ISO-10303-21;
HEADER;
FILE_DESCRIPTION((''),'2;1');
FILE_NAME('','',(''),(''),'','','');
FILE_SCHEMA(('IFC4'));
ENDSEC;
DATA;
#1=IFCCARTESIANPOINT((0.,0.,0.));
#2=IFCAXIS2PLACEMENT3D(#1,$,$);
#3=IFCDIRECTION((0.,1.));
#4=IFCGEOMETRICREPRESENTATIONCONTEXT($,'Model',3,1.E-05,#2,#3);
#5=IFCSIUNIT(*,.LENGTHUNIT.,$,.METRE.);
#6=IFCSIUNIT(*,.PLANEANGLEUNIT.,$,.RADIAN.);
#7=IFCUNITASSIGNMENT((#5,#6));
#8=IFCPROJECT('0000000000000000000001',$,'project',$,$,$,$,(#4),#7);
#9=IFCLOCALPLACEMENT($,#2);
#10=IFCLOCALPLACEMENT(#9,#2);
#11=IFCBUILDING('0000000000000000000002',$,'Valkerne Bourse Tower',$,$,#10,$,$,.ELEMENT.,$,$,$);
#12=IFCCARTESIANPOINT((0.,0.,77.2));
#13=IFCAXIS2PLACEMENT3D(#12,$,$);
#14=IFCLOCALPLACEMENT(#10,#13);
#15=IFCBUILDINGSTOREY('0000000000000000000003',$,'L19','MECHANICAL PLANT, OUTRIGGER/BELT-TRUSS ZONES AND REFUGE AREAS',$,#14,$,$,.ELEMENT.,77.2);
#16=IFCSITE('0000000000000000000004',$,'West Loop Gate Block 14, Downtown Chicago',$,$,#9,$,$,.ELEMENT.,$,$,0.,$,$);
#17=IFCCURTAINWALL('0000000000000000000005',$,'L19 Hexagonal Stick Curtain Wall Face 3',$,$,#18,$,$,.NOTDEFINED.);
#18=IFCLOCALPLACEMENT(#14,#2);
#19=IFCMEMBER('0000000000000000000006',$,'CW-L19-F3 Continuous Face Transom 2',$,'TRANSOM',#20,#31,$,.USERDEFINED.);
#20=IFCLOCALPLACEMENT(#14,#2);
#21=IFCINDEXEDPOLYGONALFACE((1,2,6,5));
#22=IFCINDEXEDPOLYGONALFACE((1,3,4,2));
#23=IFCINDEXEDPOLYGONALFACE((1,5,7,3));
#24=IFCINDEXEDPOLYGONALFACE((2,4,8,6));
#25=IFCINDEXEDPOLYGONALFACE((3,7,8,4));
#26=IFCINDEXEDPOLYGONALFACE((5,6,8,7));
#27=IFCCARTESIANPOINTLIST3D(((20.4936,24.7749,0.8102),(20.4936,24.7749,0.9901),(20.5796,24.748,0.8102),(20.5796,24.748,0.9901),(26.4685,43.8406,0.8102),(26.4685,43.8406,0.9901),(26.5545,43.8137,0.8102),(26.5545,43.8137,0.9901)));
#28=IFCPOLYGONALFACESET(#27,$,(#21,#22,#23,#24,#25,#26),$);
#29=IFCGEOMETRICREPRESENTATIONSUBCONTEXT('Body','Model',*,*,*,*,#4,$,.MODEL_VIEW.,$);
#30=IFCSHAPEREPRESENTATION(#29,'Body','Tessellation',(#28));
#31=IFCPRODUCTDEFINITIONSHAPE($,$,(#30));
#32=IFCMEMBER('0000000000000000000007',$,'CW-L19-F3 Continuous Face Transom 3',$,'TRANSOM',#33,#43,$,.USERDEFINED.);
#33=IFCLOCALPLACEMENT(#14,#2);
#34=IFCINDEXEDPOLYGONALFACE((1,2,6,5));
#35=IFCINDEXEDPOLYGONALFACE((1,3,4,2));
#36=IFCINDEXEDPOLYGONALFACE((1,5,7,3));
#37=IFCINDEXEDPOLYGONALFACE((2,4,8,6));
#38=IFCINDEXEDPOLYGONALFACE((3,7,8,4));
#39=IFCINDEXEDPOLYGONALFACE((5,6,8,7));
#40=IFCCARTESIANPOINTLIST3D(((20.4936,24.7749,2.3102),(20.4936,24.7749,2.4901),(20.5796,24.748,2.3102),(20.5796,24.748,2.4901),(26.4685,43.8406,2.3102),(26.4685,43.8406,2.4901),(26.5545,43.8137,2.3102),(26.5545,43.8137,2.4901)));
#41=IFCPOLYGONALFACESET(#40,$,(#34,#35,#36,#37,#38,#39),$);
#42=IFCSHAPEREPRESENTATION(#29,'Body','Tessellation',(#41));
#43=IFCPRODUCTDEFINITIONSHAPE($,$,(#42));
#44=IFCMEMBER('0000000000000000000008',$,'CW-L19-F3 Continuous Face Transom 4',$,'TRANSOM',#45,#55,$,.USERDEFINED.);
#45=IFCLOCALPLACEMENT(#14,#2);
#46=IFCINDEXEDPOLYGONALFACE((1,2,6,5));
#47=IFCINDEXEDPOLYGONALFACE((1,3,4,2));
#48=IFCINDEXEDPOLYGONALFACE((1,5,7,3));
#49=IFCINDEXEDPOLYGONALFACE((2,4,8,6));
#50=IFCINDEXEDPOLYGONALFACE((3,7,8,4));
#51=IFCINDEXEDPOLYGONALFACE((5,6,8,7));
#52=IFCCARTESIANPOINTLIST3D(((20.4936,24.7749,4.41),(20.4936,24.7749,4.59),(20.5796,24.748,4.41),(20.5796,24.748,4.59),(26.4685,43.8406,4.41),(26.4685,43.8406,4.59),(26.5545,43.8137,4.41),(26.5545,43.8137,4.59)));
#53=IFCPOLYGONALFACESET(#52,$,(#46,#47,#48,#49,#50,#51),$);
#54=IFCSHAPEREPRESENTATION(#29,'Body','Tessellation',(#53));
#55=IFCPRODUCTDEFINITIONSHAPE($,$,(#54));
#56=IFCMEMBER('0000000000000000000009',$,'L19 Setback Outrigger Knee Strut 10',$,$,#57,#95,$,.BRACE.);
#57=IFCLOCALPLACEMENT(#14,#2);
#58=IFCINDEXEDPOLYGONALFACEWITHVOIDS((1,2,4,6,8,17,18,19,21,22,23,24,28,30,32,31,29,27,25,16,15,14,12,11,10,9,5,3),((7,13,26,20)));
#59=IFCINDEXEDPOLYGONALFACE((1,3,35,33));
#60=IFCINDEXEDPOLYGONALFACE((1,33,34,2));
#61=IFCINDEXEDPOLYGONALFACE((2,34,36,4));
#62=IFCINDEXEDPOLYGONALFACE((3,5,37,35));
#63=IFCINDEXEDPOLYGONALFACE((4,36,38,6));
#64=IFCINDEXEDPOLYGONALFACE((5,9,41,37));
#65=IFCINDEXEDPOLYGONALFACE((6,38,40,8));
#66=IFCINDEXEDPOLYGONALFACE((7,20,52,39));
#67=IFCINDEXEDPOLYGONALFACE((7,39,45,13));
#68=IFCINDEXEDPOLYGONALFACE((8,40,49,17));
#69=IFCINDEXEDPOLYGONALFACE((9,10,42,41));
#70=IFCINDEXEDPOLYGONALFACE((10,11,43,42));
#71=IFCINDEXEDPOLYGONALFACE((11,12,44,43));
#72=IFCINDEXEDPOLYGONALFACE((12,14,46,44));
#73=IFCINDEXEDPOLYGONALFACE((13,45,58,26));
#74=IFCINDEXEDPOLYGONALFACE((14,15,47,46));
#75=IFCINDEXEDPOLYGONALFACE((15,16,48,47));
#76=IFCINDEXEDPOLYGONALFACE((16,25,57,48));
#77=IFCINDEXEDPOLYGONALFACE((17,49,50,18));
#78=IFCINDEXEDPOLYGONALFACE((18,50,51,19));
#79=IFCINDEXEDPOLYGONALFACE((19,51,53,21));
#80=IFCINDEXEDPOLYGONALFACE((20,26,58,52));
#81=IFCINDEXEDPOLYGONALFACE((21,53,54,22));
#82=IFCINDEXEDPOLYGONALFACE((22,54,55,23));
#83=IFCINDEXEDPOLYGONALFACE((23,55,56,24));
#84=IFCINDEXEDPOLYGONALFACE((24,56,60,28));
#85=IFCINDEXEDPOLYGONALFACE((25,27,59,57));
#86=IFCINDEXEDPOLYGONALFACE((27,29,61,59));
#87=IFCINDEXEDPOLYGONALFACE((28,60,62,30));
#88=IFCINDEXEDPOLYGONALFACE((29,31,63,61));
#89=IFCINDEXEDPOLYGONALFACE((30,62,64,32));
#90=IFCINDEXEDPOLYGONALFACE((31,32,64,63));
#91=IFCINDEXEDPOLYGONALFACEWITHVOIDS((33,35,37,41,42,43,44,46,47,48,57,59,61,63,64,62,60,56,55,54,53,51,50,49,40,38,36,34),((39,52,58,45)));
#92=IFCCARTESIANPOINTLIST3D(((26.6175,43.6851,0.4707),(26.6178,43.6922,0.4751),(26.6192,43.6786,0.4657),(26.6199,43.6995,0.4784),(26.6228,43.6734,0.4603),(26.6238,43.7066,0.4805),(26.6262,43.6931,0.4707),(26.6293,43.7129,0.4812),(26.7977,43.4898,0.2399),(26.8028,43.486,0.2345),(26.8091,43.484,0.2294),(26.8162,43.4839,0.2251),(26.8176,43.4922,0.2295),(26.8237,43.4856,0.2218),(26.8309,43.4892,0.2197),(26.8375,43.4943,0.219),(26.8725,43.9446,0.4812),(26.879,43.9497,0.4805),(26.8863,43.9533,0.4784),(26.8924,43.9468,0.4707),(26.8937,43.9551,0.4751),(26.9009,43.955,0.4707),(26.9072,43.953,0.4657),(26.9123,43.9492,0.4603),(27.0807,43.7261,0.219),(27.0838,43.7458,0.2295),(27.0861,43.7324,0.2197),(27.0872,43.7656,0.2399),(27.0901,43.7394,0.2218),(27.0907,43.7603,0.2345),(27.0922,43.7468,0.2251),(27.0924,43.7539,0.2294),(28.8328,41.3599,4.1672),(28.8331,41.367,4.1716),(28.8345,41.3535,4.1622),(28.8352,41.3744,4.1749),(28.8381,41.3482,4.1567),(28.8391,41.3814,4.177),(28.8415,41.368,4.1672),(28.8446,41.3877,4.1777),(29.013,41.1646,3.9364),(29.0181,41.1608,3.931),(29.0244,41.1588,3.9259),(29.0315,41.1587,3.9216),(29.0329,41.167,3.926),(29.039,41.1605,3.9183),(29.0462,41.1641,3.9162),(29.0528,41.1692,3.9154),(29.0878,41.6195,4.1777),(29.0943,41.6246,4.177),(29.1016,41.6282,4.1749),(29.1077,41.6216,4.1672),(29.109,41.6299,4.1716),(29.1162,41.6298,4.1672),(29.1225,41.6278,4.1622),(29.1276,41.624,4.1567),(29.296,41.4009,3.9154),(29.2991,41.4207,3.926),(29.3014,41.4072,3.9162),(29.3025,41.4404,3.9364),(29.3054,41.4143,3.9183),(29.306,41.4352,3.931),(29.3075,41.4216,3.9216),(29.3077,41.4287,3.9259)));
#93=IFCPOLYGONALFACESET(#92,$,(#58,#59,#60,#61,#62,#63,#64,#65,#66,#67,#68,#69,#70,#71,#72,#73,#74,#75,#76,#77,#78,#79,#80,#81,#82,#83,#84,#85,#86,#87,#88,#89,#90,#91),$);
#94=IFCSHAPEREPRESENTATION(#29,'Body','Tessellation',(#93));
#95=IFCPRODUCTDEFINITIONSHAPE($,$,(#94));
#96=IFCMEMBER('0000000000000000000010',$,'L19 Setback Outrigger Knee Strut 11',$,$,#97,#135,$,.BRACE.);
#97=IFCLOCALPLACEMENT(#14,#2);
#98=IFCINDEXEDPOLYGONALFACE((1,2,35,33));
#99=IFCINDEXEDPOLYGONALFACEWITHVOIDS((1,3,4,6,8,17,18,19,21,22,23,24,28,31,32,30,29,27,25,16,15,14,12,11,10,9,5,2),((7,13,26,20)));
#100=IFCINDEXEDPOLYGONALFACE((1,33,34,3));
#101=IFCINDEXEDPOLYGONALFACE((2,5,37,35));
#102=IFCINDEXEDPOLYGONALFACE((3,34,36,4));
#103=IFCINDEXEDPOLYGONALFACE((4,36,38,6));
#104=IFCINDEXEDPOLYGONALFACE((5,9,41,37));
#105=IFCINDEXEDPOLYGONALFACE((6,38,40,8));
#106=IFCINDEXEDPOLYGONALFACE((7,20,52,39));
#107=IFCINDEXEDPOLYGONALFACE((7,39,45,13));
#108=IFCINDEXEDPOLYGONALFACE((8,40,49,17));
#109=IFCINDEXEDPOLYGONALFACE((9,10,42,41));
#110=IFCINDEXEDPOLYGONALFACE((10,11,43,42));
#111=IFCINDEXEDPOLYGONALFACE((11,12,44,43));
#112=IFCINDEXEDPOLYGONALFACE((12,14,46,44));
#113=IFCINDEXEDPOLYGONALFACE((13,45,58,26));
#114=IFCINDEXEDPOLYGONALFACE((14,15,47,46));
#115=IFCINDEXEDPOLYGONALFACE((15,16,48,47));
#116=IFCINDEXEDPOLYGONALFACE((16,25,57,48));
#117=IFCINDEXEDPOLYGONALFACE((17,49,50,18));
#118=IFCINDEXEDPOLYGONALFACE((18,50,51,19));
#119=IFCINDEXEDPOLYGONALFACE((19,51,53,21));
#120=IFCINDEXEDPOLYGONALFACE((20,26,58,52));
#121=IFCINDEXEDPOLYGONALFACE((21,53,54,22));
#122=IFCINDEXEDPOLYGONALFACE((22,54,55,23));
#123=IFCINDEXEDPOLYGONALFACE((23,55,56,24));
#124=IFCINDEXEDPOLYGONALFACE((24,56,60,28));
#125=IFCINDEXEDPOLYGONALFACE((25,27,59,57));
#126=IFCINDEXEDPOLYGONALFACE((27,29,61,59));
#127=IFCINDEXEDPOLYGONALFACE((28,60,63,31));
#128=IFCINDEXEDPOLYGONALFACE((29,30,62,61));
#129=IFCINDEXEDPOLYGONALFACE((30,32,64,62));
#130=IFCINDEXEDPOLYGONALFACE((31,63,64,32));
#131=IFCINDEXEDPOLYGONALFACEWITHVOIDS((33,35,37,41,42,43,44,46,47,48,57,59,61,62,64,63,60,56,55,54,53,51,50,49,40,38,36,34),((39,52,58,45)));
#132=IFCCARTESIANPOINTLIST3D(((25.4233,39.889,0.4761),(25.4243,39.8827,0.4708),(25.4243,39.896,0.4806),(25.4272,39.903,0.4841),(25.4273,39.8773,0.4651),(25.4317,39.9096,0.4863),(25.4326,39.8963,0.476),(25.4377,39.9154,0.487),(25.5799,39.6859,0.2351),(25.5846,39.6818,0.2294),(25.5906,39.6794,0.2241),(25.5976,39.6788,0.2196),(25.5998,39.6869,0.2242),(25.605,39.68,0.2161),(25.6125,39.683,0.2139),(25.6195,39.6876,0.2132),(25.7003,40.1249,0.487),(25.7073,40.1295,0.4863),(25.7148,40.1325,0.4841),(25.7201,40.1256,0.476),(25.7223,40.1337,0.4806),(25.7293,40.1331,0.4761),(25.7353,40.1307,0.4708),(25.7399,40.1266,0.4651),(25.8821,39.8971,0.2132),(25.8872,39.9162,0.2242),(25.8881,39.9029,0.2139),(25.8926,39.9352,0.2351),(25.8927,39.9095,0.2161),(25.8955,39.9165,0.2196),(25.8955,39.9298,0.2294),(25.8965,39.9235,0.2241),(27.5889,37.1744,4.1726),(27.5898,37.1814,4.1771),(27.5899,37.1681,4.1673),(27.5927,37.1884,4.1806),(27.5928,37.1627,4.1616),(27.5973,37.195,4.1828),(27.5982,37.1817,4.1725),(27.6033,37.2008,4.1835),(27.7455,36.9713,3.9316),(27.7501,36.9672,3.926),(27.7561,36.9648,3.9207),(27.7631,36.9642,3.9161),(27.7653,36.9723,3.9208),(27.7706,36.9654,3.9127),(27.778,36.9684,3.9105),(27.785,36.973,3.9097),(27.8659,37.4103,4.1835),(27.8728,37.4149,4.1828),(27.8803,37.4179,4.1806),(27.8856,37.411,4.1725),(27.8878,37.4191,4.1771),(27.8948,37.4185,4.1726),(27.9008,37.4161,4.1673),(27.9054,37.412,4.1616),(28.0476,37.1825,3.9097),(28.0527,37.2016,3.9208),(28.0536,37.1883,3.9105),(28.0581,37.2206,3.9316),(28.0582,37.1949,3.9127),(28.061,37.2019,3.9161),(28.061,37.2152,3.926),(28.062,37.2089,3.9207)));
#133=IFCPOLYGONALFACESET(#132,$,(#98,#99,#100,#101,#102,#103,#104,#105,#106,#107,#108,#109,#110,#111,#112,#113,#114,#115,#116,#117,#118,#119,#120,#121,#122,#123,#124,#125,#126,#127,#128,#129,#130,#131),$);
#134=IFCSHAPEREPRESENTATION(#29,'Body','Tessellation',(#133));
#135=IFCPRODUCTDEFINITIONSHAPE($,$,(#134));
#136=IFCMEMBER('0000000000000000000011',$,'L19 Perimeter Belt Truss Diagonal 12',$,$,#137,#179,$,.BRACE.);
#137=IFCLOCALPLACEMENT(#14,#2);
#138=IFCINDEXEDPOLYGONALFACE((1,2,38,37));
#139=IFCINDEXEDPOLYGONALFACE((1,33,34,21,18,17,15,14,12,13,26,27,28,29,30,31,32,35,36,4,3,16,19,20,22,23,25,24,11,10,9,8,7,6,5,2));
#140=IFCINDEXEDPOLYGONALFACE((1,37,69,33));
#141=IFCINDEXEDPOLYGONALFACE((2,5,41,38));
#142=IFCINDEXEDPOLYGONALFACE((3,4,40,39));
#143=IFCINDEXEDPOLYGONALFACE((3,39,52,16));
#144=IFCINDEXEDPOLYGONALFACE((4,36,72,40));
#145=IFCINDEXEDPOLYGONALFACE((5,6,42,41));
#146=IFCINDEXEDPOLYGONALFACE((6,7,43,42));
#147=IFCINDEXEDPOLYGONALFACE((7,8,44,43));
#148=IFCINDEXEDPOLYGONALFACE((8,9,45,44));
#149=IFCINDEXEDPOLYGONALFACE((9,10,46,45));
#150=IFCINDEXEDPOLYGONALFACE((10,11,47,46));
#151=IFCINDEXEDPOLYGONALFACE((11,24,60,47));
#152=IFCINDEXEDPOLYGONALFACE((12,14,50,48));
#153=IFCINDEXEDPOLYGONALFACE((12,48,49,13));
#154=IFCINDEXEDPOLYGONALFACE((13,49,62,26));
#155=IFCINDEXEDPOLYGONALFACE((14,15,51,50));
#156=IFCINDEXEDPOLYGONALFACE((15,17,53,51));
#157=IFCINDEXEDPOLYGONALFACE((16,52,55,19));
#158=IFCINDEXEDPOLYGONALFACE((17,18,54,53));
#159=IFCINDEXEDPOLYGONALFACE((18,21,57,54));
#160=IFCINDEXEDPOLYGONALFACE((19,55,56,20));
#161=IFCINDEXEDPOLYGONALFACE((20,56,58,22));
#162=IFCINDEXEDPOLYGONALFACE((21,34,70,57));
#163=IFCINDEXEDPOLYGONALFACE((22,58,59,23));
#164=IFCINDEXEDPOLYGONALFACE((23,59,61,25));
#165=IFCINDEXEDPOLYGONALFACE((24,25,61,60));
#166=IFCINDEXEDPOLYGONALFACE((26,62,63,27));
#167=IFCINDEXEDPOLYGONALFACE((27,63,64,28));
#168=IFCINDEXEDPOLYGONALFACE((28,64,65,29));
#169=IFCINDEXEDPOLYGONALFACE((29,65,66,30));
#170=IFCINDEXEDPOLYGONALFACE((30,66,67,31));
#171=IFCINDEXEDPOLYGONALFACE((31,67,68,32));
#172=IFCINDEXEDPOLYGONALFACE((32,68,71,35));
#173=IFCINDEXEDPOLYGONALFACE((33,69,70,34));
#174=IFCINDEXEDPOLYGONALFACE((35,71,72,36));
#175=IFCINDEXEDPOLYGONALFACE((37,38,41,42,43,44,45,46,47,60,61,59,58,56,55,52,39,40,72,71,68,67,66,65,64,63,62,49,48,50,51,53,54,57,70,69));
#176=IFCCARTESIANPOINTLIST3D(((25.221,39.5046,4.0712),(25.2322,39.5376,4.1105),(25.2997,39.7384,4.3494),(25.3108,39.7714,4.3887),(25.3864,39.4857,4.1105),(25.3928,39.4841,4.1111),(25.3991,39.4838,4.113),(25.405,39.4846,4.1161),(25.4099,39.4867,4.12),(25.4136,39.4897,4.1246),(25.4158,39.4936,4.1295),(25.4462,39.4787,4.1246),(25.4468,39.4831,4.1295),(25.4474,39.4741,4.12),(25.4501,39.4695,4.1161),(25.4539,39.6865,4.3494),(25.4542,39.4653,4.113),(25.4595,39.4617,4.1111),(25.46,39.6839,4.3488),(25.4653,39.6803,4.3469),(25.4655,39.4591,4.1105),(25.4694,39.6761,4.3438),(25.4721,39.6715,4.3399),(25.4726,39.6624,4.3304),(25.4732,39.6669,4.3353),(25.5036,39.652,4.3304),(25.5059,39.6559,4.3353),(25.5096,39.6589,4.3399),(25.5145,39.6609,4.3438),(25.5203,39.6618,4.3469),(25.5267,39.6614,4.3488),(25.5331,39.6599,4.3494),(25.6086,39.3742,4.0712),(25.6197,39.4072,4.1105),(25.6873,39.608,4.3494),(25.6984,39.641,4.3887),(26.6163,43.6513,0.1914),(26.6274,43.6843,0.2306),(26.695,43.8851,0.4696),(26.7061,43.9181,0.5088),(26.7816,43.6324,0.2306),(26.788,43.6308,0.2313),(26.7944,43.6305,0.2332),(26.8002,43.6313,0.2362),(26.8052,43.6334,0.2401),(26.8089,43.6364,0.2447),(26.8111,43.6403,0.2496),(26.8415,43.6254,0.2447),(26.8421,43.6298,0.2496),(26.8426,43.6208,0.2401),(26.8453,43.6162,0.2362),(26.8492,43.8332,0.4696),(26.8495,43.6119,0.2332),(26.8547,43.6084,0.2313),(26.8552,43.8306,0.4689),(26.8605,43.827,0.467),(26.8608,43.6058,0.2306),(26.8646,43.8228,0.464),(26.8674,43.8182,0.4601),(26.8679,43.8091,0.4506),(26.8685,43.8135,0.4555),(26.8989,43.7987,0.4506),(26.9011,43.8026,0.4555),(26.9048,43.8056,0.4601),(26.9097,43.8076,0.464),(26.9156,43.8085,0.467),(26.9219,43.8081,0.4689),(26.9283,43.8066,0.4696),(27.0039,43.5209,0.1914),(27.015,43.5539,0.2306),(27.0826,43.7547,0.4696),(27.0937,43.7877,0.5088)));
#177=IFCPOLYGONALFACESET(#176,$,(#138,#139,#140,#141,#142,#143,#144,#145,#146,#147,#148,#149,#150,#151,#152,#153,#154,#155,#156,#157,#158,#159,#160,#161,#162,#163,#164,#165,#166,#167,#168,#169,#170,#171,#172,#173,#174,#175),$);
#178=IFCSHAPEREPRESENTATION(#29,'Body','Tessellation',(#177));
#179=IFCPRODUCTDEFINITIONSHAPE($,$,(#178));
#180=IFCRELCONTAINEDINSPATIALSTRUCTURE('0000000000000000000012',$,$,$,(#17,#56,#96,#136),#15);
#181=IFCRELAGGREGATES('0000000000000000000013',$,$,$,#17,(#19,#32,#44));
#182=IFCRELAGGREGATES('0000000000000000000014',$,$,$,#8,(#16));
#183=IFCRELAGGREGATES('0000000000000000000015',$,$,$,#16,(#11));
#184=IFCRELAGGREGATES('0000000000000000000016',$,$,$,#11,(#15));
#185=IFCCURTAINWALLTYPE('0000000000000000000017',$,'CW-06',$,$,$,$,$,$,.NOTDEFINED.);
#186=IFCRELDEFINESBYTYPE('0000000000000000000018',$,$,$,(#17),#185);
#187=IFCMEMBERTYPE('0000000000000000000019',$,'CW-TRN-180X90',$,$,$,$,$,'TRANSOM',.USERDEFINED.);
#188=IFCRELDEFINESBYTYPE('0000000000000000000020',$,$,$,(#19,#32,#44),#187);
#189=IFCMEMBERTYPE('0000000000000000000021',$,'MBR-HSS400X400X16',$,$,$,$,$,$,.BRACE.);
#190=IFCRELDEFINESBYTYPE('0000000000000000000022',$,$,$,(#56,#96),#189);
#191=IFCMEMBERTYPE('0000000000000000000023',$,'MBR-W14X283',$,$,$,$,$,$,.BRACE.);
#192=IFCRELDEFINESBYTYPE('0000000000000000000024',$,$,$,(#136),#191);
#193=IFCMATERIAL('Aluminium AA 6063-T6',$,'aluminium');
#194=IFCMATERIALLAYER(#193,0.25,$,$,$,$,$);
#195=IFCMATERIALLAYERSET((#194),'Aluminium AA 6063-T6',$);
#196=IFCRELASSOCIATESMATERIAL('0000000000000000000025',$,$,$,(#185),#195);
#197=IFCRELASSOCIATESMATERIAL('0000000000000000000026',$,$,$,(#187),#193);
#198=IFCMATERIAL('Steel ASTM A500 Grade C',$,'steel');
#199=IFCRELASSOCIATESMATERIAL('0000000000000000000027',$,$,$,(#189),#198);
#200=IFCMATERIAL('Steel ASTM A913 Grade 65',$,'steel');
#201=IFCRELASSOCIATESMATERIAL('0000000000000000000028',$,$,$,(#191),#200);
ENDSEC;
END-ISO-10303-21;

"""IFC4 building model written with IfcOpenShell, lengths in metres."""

from ifc_helpers import new_model, si_unit, direction, frame, origin, origin_2d, place, context, subcontext, project, spatial, rectangle, hollow_rectangle, i_section, extrude, material, layer, layer_set, material_profile, profile_set, type_object, element, aggregate, save


model = new_model("IFC4")

# Units and contexts
model_context = context("Model", 3, precision=1e-05, world=origin(), true_north=direction((0.0, 1.0)))
body_context = subcontext(model_context, "Body", "Model", "MODEL_VIEW")
ifc_project = project(units=[si_unit("LENGTHUNIT", "METRE"), si_unit("PLANEANGLEUNIT", "RADIAN")], contexts=[model_context])

# Site, building, storey
site_placement = place(None, origin())
site = spatial("IfcSite", under=ifc_project, at=site_placement, Name="West Loop Gate Block 14, Downtown Chicago", CompositionType="ELEMENT", RefElevation=0.0)
building_placement = place(site_placement, origin())
building = spatial("IfcBuilding", under=site, at=building_placement, Name="Valkerne Bourse Tower", CompositionType="ELEMENT")
storey_placement = place(building_placement, frame((0.0, 0.0, 77.2)))
storey = spatial("IfcBuildingStorey", under=building, at=storey_placement, Name="L19", Description="MECHANICAL PLANT, OUTRIGGER/BELT-TRUSS ZONES AND REFUGE AREAS", CompositionType="ELEMENT", Elevation=77.2)

# Shared definitions
ifc_material_1 = material(Name="Steel ASTM A913 Grade 65", Category="steel")

# Curtain wall, members
ifc_material_2 = material(Name="Aluminium AA 6063-T6", Category="aluminium")
ifc_layer_1 = layer(ifc_material_2, 0.25)
ifc_layer_set_1 = layer_set([ifc_layer_1], Name="Aluminium AA 6063-T6")
curtain_wall_type = type_object("IfcCurtainWallType", Name="CW-06", PredefinedType="NOTDEFINED", material=ifc_layer_set_1)
curtain_wall_placement = place(storey_placement, origin())
curtain_wall = element("IfcCurtainWall", 1, at=curtain_wall_placement, inside=storey, type_object=curtain_wall_type, Name="L19 Hexagonal Stick Curtain Wall Face 3", PredefinedType="NOTDEFINED")
ifc_material_profile_1 = material_profile(ifc_material_2, rectangle(XDim=0.0901, YDim=0.1799, at=origin_2d()), Name="CWT-90X180")
ifc_profile_set_1 = profile_set([ifc_material_profile_1], Name="Aluminium AA 6063-T6")
member_type_1 = type_object("IfcMemberType", Name="CW-TRN-180X90", ElementType="TRANSOM", PredefinedType="USERDEFINED", material=ifc_profile_set_1)
member_1_placement = place(storey_placement, frame((26.5115, 43.8271, 0.9001), z_axis=(-0.299042, -0.95424, 0.0), x_axis=(0.95424, -0.299042, 0.0)))
member_1 = element("IfcMember", 2, at=member_1_placement, type_object=member_type_1, Name="CW-L19-F3 Continuous Face Transom 2", ObjectType="TRANSOM", PredefinedType="USERDEFINED", context=body_context, shape_type="SweptSolid", body=[
    extrude(rectangle(XDim=0.0901, YDim=0.1799, at=origin_2d()), origin(), (0.0, 0.0, 1.0), 19.98),
])
member_2_placement = place(storey_placement, frame((26.5115, 43.8271, 2.4001), z_axis=(-0.299042, -0.95424, 0.0), x_axis=(0.95424, -0.299042, 0.0)))
member_2 = element("IfcMember", 3, at=member_2_placement, type_object=member_type_1, Name="CW-L19-F3 Continuous Face Transom 3", ObjectType="TRANSOM", PredefinedType="USERDEFINED", context=body_context, shape_type="SweptSolid", body=[
    extrude(rectangle(XDim=0.0901, YDim=0.1799, at=origin_2d()), origin(), (0.0, 0.0, 1.0), 19.98),
])
member_3_placement = place(storey_placement, frame((26.5115, 43.8271, 4.5), z_axis=(-0.299042, -0.95424, 0.0), x_axis=(0.95424, -0.299042, 0.0)))
member_3 = element("IfcMember", 4, at=member_3_placement, type_object=member_type_1, Name="CW-L19-F3 Continuous Face Transom 4", ObjectType="TRANSOM", PredefinedType="USERDEFINED", context=body_context, shape_type="SweptSolid", body=[
    extrude(rectangle(XDim=0.0901, YDim=0.1799, at=origin_2d()), origin(), (0.0, 0.0, 1.0), 19.98),
])

# Members
ifc_material_3 = material(Name="Steel ASTM A500 Grade C", Category="steel")
ifc_material_profile_2 = material_profile(ifc_material_3, hollow_rectangle(XDim=0.3999, YDim=0.3999, WallThickness=0.0161, OuterFilletRadius=0.032, at=origin_2d()), Name="HSS400X400X16")
ifc_profile_set_2 = profile_set([ifc_material_profile_2], Name="Steel ASTM A500 Grade C")
member_type_2 = type_object("IfcMemberType", Name="MBR-HSS400X400X16", PredefinedType="BRACE", material=ifc_profile_set_2)
member_4_placement = place(storey_placement, frame((26.855, 43.7195, 0.3501), z_axis=(0.452405, -0.47484, 0.754889), x_axis=(0.724004, 0.689796, 0.0)))
element("IfcMember", 5, at=member_4_placement, inside=storey, type_object=member_type_2, Name="L19 Setback Outrigger Knee Strut 10", PredefinedType="BRACE", context=body_context, shape_type="SweptSolid", body=[
    extrude(hollow_rectangle(XDim=0.3999, YDim=0.3999, WallThickness=0.0161, OuterFilletRadius=0.032, at=origin_2d()), origin(), (0.0, 0.0, 1.0), 4.8967),
])
member_5_placement = place(storey_placement, frame((25.6599, 39.9062, 0.3501), z_axis=(0.426976, -0.535236, 0.728844), x_axis=(0.781732, 0.623614, 0.0)))
element("IfcMember", 6, at=member_5_placement, inside=storey, type_object=member_type_2, Name="L19 Setback Outrigger Knee Strut 11", PredefinedType="BRACE", context=body_context, shape_type="SweptSolid", body=[
    extrude(hollow_rectangle(XDim=0.3999, YDim=0.3999, WallThickness=0.0161, OuterFilletRadius=0.032, at=origin_2d()), origin(), (0.0, 0.0, 1.0), 5.0718),
])
ifc_material_profile_3 = material_profile(ifc_material_1, i_section(OverallWidth=0.4089, OverallDepth=0.4243, WebThickness=0.0327, FlangeThickness=0.0525, FilletRadius=0.0254, at=origin_2d()), Name="W14X283")
ifc_profile_set_3 = profile_set([ifc_material_profile_3], Name="Steel ASTM A913 Grade 65")
member_type_3 = type_object("IfcMemberType", Name="MBR-W14X283", PredefinedType="BRACE", material=ifc_profile_set_3)
member_6_placement = place(storey_placement, frame((26.855, 43.7195, 0.3501), z_axis=(-0.2386, -0.709121, 0.663489), x_axis=(0.947787, -0.318905, 0.0)))
element("IfcMember", 7, at=member_6_placement, inside=storey, type_object=member_type_3, Name="L19 Perimeter Belt Truss Diagonal 12", PredefinedType="BRACE", context=body_context, shape_type="SweptSolid", body=[
    extrude(i_section(OverallWidth=0.4089, OverallDepth=0.4243, WebThickness=0.0327, FlangeThickness=0.0525, FilletRadius=0.0254, at=origin_2d()), origin(), (0.0, 0.0, 1.0), 5.8477),
])

aggregate(curtain_wall, [member_1, member_2, member_3])

save(model, "model.ifc")
